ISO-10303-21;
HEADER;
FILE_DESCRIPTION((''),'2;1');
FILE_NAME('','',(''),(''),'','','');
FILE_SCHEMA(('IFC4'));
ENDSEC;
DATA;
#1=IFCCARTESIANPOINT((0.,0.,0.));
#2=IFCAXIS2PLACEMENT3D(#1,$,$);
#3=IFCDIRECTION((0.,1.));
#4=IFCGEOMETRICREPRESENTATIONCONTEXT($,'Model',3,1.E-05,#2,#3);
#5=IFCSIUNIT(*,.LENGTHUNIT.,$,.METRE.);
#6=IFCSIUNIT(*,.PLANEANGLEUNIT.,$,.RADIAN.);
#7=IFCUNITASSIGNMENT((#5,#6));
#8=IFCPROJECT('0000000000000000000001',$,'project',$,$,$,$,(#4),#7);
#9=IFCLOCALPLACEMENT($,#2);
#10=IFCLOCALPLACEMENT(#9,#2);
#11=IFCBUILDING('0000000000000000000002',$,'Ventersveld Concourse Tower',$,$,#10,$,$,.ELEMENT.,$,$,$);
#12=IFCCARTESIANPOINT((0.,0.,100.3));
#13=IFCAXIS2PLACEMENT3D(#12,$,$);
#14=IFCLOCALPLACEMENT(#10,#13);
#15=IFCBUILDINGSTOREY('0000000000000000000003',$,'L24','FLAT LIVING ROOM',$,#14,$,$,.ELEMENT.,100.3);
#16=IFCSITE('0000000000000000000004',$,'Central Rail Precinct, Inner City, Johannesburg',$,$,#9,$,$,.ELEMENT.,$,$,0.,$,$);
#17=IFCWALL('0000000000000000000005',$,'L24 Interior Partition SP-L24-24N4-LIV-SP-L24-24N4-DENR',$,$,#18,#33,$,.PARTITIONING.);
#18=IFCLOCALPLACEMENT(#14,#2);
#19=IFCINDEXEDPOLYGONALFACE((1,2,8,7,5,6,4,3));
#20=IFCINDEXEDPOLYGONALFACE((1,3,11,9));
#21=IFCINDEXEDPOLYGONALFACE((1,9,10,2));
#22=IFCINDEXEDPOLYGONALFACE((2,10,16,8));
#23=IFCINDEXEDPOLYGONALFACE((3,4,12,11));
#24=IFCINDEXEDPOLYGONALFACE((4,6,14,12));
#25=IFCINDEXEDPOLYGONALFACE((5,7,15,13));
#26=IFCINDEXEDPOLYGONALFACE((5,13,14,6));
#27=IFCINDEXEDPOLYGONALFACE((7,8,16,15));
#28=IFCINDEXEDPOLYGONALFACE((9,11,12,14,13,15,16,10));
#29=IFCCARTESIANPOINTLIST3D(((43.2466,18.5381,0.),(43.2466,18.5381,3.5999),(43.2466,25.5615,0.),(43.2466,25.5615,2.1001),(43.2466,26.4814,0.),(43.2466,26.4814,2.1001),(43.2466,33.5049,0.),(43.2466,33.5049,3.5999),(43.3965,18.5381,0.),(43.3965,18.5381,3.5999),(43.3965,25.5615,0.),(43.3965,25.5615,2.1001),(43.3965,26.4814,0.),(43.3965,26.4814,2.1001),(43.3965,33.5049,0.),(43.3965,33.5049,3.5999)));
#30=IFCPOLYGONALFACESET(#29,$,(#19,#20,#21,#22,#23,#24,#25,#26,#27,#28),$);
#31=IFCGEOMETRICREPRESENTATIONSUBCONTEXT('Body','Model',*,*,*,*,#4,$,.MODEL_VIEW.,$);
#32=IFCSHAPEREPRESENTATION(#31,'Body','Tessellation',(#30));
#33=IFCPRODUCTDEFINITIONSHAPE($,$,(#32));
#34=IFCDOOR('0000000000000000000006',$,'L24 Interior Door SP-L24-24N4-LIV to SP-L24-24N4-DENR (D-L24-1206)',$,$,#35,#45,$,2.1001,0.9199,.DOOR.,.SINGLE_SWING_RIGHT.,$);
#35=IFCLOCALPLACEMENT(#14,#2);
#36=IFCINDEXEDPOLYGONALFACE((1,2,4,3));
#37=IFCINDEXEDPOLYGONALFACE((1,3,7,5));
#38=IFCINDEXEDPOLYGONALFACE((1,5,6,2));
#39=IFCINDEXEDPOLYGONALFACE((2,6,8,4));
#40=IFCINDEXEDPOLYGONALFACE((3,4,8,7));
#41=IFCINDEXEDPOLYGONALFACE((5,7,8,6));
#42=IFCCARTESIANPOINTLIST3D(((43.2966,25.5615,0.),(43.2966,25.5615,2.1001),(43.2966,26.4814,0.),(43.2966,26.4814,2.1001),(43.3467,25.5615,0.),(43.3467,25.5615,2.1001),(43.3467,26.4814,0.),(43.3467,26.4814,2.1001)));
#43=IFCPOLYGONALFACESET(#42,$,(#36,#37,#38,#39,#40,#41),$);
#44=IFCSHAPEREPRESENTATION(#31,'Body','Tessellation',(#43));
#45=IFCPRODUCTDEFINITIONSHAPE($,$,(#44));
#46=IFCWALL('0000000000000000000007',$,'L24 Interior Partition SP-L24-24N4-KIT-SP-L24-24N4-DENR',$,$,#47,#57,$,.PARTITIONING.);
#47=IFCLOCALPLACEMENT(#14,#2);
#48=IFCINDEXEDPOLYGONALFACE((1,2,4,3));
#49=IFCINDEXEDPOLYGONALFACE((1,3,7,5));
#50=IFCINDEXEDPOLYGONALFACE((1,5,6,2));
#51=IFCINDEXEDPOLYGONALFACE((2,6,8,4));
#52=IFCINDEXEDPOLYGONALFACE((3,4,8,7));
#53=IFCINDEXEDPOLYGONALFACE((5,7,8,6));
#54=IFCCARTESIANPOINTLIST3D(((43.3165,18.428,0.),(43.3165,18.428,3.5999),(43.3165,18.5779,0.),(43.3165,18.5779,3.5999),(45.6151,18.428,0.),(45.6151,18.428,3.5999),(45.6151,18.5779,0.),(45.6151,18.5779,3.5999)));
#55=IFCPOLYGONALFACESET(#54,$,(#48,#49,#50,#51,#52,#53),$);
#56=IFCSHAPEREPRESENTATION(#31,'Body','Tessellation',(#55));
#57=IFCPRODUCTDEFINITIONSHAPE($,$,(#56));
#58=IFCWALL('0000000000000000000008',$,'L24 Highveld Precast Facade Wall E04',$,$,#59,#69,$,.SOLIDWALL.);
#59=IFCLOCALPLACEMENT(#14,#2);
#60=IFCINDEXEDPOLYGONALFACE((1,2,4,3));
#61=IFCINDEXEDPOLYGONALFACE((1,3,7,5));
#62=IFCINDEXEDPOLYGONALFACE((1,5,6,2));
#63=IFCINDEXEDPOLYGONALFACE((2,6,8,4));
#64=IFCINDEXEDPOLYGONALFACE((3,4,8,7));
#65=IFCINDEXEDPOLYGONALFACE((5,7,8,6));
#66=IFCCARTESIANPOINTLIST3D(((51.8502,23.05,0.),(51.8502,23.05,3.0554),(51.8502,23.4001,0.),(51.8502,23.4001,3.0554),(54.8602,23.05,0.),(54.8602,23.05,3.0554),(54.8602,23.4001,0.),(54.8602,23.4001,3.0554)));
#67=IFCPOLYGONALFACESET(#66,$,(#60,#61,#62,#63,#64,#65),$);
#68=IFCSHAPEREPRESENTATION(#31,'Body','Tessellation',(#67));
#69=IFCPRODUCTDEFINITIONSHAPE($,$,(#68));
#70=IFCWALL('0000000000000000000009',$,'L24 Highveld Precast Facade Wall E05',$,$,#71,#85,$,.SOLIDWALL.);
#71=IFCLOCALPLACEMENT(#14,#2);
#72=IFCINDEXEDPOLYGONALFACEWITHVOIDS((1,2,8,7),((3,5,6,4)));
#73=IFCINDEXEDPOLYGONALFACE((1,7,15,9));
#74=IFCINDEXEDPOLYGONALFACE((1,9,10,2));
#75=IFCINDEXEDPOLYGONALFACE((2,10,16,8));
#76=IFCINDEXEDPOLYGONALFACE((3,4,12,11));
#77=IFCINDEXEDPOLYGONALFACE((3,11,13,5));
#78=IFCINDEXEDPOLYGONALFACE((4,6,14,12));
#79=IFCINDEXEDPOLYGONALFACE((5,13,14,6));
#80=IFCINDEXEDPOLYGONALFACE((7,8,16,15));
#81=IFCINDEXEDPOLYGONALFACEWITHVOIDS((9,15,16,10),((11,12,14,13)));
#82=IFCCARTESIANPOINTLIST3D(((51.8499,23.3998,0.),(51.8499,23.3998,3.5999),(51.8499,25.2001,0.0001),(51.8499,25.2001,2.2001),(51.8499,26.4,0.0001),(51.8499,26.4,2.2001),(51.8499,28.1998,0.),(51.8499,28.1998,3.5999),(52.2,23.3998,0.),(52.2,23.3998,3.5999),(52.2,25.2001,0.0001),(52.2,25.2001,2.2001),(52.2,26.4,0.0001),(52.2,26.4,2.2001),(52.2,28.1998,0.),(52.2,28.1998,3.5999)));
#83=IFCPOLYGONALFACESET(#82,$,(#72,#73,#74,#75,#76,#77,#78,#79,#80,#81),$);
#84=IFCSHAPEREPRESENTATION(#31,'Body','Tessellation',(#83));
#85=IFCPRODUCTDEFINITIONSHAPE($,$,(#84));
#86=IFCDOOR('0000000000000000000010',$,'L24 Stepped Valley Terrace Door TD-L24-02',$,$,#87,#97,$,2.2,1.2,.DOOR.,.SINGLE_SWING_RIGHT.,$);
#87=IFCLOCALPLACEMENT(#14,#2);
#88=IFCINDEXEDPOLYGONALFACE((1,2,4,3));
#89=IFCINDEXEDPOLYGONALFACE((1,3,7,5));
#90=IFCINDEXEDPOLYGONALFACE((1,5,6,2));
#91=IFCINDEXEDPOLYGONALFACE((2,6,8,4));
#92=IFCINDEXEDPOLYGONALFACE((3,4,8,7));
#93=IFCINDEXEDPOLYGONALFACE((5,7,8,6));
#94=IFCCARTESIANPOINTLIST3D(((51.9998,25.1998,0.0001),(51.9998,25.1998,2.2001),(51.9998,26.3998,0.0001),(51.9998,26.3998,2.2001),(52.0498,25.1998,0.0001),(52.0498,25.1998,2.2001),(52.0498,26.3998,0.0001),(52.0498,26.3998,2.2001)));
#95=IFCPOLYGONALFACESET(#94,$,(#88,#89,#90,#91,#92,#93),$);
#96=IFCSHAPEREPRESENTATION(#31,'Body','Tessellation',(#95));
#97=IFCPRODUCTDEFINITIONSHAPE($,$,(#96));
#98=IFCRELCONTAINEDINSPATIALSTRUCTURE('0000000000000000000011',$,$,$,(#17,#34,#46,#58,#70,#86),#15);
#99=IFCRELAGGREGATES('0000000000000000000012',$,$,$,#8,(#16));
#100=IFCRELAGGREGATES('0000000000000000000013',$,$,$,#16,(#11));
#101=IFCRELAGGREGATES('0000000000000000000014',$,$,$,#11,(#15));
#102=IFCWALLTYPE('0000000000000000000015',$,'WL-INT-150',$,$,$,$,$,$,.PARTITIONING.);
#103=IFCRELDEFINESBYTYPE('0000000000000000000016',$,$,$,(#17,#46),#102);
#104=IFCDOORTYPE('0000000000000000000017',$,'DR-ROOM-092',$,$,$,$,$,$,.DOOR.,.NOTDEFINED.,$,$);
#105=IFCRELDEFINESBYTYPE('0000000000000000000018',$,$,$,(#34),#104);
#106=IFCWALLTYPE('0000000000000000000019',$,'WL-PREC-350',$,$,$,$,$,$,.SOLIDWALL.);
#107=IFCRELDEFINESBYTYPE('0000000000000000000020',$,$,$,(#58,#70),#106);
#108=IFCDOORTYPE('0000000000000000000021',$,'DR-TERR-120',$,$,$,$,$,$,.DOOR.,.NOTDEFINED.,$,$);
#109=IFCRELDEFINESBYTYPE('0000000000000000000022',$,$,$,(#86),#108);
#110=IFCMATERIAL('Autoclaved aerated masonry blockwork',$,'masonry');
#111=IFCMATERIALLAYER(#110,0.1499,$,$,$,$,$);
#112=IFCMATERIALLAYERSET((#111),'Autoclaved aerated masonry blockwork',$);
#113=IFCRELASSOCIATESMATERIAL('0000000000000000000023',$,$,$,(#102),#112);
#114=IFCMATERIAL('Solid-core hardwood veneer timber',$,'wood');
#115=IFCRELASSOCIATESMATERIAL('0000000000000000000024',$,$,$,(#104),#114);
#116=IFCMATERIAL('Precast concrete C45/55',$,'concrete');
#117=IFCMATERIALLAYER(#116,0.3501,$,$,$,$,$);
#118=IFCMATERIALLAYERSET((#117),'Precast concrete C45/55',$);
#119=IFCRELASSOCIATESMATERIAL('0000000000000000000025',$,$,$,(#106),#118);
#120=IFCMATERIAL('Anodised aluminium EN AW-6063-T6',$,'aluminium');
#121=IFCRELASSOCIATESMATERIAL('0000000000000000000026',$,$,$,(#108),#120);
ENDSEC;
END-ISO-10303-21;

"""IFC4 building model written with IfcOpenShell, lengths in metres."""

from ifc_helpers import new_model, si_unit, direction, frame, frame_2d, origin, place, context, subcontext, project, spatial, rectangle, extrude, material, layer, layer_set, type_object, element, fill, save


model = new_model("IFC4")

# Units and contexts
model_context = context("Model", 3, precision=1e-05, world=origin(), true_north=direction((0.0, 1.0)))
body_context = subcontext(model_context, "Body", "Model", "MODEL_VIEW")
ifc_project = project(units=[si_unit("LENGTHUNIT", "METRE"), si_unit("PLANEANGLEUNIT", "RADIAN")], contexts=[model_context])

# Site, building, storey
site_placement = place(None, origin())
site = spatial("IfcSite", under=ifc_project, at=site_placement, Name="Central Rail Precinct, Inner City, Johannesburg", CompositionType="ELEMENT", RefElevation=0.0)
building_placement = place(site_placement, origin())
building = spatial("IfcBuilding", under=site, at=building_placement, Name="Ventersveld Concourse Tower", CompositionType="ELEMENT")
storey_placement = place(building_placement, frame((0.0, 0.0, 100.3)))
storey = spatial("IfcBuildingStorey", under=building, at=storey_placement, Name="L24", Description="FLAT LIVING ROOM", CompositionType="ELEMENT", Elevation=100.3)

# Shared definitions
ifc_material_1 = material(Name="Solid-core hardwood veneer timber", Category="wood")

# Wall, opening, door
ifc_material_2 = material(Name="Autoclaved aerated masonry blockwork", Category="masonry")
ifc_layer_1 = layer(ifc_material_2, 0.1499)
ifc_layer_set_1 = layer_set([ifc_layer_1], Name="Autoclaved aerated masonry blockwork")
wall_type_1 = type_object("IfcWallType", Name="WL-INT-150", PredefinedType="PARTITIONING", material=ifc_layer_set_1)
door_type_1 = type_object("IfcDoorType", Name="DR-ROOM-092", OperationType="NOTDEFINED", PredefinedType="DOOR", material=ifc_material_1)
wall_1_placement = place(storey_placement, frame((43.3215, 18.5381, 0.0), z_axis=(0.0, 0.0, 1.0), x_axis=(0.0, 1.0, 0.0)))
wall_1 = element("IfcWall", 1, at=wall_1_placement, inside=storey, type_object=wall_type_1, Name="L24 Interior Partition SP-L24-24N4-LIV-SP-L24-24N4-DENR", PredefinedType="PARTITIONING", context=body_context, shape_type="SweptSolid", body=[
    extrude(rectangle(XDim=14.9668, YDim=0.1499, at=frame_2d((7.4834, 0.0))), origin(), (0.0, 0.0, 1.0), 3.5999),
])
opening_1_placement = place(wall_1_placement, frame((7.0234, 0.0, 0.0)))
opening_1 = element("IfcOpeningElement", 2, at=opening_1_placement, cuts=wall_1, PredefinedType="OPENING", context=body_context, shape_type="SweptSolid", body=[
    extrude(rectangle(XDim=0.9199, YDim=2.1001, at=frame_2d((0.46, 1.05))), frame((0.0, 0.085, 0.0), z_axis=(0.0, -1.0, 0.0), x_axis=(1.0, 0.0, 0.0)), (0.0, 0.0, 1.0), 0.1699),
])
door_1_placement = place(opening_1_placement, origin())
door_1 = element("IfcDoor", 3, at=door_1_placement, inside=storey, type_object=door_type_1, Name="L24 Interior Door SP-L24-24N4-LIV to SP-L24-24N4-DENR (D-L24-1206)", OperationType="SINGLE_SWING_RIGHT", OverallHeight=2.1001, OverallWidth=0.9199, PredefinedType="DOOR", context=body_context, shape_type="SweptSolid", body=[
    extrude(rectangle(XDim=0.9199, YDim=2.1001, at=frame_2d((0.46, 1.05))), frame((0.0, 0.0249, 0.0), z_axis=(0.0, -1.0, 0.0), x_axis=(1.0, 0.0, 0.0)), (0.0, 0.0, 1.0), 0.05),
])
fill(opening_1, door_1)

# Walls
wall_2_placement = place(storey_placement, frame((43.3164, 18.5029, 0.0), z_axis=(0.0, 0.0, 1.0), x_axis=(1.0, 0.0, 0.0)))
element("IfcWall", 4, at=wall_2_placement, inside=storey, type_object=wall_type_1, Name="L24 Interior Partition SP-L24-24N4-KIT-SP-L24-24N4-DENR", PredefinedType="PARTITIONING", context=body_context, shape_type="SweptSolid", body=[
    extrude(rectangle(XDim=2.2986, YDim=0.1499, at=frame_2d((1.1494, 0.0))), origin(), (0.0, 0.0, 1.0), 3.5999),
])
ifc_material_3 = material(Name="Precast concrete C45/55", Category="concrete")
ifc_layer_2 = layer(ifc_material_3, 0.3501)
ifc_layer_set_2 = layer_set([ifc_layer_2], Name="Precast concrete C45/55")
wall_type_2 = type_object("IfcWallType", Name="WL-PREC-350", PredefinedType="SOLIDWALL", material=ifc_layer_set_2)
wall_3_placement = place(storey_placement, frame((54.8601, 23.2251, 0.0), z_axis=(0.0, 0.0, 1.0), x_axis=(-1.0, 0.0, 0.0)))
element("IfcWall", 5, at=wall_3_placement, inside=storey, type_object=wall_type_2, Name="L24 Highveld Precast Facade Wall E04", PredefinedType="SOLIDWALL", context=body_context, shape_type="SweptSolid", body=[
    extrude(rectangle(XDim=3.01, YDim=0.3501, at=frame_2d((1.5049, 0.0))), origin(), (0.0, 0.0, 1.0), 3.0554),
])

# Wall, opening, door
wall_4_placement = place(storey_placement, frame((52.0249, 23.3999, 0.0), z_axis=(0.0, 0.0, 1.0), x_axis=(0.0, 1.0, 0.0)))
wall_4 = element("IfcWall", 6, at=wall_4_placement, inside=storey, type_object=wall_type_2, Name="L24 Highveld Precast Facade Wall E05", PredefinedType="SOLIDWALL", context=body_context, shape_type="SweptSolid", body=[
    extrude(rectangle(XDim=4.8, YDim=0.3501, at=frame_2d((2.3999, 0.0))), origin(), (0.0, 0.0, 1.0), 3.5999),
])
opening_2_placement = place(wall_4_placement, frame((1.8, 0.0, 0.0)))
opening_2 = element("IfcOpeningElement", 7, at=opening_2_placement, cuts=wall_4, PredefinedType="OPENING", context=body_context, shape_type="SweptSolid", body=[
    extrude(rectangle(XDim=1.2, YDim=2.2, at=frame_2d((0.6001, 1.1001))), frame((0.0, 0.1851, 0.0), z_axis=(0.0, -1.0, 0.0), x_axis=(1.0, 0.0, 0.0)), (0.0, 0.0, 1.0), 0.3701),
])
ifc_material_4 = material(Name="Anodised aluminium EN AW-6063-T6", Category="aluminium")
door_type_2 = type_object("IfcDoorType", Name="DR-TERR-120", OperationType="NOTDEFINED", PredefinedType="DOOR", material=ifc_material_4)
door_2_placement = place(opening_2_placement, frame((1.2, 0.0, 0.0), z_axis=(0.0, 0.0, 1.0), x_axis=(-1.0, 0.0, 0.0)))
door_2 = element("IfcDoor", 8, at=door_2_placement, inside=storey, type_object=door_type_2, Name="L24 Stepped Valley Terrace Door TD-L24-02", OperationType="SINGLE_SWING_RIGHT", OverallHeight=2.2, OverallWidth=1.2, PredefinedType="DOOR", context=body_context, shape_type="SweptSolid", body=[
    extrude(rectangle(XDim=1.2, YDim=2.2, at=frame_2d((0.6001, 1.1001))), frame((0.0, 0.0249, 0.0), z_axis=(0.0, -1.0, 0.0), x_axis=(1.0, 0.0, 0.0)), (0.0, 0.0, 1.0), 0.05),
])
fill(opening_2, door_2)

save(model, "model.ifc")
